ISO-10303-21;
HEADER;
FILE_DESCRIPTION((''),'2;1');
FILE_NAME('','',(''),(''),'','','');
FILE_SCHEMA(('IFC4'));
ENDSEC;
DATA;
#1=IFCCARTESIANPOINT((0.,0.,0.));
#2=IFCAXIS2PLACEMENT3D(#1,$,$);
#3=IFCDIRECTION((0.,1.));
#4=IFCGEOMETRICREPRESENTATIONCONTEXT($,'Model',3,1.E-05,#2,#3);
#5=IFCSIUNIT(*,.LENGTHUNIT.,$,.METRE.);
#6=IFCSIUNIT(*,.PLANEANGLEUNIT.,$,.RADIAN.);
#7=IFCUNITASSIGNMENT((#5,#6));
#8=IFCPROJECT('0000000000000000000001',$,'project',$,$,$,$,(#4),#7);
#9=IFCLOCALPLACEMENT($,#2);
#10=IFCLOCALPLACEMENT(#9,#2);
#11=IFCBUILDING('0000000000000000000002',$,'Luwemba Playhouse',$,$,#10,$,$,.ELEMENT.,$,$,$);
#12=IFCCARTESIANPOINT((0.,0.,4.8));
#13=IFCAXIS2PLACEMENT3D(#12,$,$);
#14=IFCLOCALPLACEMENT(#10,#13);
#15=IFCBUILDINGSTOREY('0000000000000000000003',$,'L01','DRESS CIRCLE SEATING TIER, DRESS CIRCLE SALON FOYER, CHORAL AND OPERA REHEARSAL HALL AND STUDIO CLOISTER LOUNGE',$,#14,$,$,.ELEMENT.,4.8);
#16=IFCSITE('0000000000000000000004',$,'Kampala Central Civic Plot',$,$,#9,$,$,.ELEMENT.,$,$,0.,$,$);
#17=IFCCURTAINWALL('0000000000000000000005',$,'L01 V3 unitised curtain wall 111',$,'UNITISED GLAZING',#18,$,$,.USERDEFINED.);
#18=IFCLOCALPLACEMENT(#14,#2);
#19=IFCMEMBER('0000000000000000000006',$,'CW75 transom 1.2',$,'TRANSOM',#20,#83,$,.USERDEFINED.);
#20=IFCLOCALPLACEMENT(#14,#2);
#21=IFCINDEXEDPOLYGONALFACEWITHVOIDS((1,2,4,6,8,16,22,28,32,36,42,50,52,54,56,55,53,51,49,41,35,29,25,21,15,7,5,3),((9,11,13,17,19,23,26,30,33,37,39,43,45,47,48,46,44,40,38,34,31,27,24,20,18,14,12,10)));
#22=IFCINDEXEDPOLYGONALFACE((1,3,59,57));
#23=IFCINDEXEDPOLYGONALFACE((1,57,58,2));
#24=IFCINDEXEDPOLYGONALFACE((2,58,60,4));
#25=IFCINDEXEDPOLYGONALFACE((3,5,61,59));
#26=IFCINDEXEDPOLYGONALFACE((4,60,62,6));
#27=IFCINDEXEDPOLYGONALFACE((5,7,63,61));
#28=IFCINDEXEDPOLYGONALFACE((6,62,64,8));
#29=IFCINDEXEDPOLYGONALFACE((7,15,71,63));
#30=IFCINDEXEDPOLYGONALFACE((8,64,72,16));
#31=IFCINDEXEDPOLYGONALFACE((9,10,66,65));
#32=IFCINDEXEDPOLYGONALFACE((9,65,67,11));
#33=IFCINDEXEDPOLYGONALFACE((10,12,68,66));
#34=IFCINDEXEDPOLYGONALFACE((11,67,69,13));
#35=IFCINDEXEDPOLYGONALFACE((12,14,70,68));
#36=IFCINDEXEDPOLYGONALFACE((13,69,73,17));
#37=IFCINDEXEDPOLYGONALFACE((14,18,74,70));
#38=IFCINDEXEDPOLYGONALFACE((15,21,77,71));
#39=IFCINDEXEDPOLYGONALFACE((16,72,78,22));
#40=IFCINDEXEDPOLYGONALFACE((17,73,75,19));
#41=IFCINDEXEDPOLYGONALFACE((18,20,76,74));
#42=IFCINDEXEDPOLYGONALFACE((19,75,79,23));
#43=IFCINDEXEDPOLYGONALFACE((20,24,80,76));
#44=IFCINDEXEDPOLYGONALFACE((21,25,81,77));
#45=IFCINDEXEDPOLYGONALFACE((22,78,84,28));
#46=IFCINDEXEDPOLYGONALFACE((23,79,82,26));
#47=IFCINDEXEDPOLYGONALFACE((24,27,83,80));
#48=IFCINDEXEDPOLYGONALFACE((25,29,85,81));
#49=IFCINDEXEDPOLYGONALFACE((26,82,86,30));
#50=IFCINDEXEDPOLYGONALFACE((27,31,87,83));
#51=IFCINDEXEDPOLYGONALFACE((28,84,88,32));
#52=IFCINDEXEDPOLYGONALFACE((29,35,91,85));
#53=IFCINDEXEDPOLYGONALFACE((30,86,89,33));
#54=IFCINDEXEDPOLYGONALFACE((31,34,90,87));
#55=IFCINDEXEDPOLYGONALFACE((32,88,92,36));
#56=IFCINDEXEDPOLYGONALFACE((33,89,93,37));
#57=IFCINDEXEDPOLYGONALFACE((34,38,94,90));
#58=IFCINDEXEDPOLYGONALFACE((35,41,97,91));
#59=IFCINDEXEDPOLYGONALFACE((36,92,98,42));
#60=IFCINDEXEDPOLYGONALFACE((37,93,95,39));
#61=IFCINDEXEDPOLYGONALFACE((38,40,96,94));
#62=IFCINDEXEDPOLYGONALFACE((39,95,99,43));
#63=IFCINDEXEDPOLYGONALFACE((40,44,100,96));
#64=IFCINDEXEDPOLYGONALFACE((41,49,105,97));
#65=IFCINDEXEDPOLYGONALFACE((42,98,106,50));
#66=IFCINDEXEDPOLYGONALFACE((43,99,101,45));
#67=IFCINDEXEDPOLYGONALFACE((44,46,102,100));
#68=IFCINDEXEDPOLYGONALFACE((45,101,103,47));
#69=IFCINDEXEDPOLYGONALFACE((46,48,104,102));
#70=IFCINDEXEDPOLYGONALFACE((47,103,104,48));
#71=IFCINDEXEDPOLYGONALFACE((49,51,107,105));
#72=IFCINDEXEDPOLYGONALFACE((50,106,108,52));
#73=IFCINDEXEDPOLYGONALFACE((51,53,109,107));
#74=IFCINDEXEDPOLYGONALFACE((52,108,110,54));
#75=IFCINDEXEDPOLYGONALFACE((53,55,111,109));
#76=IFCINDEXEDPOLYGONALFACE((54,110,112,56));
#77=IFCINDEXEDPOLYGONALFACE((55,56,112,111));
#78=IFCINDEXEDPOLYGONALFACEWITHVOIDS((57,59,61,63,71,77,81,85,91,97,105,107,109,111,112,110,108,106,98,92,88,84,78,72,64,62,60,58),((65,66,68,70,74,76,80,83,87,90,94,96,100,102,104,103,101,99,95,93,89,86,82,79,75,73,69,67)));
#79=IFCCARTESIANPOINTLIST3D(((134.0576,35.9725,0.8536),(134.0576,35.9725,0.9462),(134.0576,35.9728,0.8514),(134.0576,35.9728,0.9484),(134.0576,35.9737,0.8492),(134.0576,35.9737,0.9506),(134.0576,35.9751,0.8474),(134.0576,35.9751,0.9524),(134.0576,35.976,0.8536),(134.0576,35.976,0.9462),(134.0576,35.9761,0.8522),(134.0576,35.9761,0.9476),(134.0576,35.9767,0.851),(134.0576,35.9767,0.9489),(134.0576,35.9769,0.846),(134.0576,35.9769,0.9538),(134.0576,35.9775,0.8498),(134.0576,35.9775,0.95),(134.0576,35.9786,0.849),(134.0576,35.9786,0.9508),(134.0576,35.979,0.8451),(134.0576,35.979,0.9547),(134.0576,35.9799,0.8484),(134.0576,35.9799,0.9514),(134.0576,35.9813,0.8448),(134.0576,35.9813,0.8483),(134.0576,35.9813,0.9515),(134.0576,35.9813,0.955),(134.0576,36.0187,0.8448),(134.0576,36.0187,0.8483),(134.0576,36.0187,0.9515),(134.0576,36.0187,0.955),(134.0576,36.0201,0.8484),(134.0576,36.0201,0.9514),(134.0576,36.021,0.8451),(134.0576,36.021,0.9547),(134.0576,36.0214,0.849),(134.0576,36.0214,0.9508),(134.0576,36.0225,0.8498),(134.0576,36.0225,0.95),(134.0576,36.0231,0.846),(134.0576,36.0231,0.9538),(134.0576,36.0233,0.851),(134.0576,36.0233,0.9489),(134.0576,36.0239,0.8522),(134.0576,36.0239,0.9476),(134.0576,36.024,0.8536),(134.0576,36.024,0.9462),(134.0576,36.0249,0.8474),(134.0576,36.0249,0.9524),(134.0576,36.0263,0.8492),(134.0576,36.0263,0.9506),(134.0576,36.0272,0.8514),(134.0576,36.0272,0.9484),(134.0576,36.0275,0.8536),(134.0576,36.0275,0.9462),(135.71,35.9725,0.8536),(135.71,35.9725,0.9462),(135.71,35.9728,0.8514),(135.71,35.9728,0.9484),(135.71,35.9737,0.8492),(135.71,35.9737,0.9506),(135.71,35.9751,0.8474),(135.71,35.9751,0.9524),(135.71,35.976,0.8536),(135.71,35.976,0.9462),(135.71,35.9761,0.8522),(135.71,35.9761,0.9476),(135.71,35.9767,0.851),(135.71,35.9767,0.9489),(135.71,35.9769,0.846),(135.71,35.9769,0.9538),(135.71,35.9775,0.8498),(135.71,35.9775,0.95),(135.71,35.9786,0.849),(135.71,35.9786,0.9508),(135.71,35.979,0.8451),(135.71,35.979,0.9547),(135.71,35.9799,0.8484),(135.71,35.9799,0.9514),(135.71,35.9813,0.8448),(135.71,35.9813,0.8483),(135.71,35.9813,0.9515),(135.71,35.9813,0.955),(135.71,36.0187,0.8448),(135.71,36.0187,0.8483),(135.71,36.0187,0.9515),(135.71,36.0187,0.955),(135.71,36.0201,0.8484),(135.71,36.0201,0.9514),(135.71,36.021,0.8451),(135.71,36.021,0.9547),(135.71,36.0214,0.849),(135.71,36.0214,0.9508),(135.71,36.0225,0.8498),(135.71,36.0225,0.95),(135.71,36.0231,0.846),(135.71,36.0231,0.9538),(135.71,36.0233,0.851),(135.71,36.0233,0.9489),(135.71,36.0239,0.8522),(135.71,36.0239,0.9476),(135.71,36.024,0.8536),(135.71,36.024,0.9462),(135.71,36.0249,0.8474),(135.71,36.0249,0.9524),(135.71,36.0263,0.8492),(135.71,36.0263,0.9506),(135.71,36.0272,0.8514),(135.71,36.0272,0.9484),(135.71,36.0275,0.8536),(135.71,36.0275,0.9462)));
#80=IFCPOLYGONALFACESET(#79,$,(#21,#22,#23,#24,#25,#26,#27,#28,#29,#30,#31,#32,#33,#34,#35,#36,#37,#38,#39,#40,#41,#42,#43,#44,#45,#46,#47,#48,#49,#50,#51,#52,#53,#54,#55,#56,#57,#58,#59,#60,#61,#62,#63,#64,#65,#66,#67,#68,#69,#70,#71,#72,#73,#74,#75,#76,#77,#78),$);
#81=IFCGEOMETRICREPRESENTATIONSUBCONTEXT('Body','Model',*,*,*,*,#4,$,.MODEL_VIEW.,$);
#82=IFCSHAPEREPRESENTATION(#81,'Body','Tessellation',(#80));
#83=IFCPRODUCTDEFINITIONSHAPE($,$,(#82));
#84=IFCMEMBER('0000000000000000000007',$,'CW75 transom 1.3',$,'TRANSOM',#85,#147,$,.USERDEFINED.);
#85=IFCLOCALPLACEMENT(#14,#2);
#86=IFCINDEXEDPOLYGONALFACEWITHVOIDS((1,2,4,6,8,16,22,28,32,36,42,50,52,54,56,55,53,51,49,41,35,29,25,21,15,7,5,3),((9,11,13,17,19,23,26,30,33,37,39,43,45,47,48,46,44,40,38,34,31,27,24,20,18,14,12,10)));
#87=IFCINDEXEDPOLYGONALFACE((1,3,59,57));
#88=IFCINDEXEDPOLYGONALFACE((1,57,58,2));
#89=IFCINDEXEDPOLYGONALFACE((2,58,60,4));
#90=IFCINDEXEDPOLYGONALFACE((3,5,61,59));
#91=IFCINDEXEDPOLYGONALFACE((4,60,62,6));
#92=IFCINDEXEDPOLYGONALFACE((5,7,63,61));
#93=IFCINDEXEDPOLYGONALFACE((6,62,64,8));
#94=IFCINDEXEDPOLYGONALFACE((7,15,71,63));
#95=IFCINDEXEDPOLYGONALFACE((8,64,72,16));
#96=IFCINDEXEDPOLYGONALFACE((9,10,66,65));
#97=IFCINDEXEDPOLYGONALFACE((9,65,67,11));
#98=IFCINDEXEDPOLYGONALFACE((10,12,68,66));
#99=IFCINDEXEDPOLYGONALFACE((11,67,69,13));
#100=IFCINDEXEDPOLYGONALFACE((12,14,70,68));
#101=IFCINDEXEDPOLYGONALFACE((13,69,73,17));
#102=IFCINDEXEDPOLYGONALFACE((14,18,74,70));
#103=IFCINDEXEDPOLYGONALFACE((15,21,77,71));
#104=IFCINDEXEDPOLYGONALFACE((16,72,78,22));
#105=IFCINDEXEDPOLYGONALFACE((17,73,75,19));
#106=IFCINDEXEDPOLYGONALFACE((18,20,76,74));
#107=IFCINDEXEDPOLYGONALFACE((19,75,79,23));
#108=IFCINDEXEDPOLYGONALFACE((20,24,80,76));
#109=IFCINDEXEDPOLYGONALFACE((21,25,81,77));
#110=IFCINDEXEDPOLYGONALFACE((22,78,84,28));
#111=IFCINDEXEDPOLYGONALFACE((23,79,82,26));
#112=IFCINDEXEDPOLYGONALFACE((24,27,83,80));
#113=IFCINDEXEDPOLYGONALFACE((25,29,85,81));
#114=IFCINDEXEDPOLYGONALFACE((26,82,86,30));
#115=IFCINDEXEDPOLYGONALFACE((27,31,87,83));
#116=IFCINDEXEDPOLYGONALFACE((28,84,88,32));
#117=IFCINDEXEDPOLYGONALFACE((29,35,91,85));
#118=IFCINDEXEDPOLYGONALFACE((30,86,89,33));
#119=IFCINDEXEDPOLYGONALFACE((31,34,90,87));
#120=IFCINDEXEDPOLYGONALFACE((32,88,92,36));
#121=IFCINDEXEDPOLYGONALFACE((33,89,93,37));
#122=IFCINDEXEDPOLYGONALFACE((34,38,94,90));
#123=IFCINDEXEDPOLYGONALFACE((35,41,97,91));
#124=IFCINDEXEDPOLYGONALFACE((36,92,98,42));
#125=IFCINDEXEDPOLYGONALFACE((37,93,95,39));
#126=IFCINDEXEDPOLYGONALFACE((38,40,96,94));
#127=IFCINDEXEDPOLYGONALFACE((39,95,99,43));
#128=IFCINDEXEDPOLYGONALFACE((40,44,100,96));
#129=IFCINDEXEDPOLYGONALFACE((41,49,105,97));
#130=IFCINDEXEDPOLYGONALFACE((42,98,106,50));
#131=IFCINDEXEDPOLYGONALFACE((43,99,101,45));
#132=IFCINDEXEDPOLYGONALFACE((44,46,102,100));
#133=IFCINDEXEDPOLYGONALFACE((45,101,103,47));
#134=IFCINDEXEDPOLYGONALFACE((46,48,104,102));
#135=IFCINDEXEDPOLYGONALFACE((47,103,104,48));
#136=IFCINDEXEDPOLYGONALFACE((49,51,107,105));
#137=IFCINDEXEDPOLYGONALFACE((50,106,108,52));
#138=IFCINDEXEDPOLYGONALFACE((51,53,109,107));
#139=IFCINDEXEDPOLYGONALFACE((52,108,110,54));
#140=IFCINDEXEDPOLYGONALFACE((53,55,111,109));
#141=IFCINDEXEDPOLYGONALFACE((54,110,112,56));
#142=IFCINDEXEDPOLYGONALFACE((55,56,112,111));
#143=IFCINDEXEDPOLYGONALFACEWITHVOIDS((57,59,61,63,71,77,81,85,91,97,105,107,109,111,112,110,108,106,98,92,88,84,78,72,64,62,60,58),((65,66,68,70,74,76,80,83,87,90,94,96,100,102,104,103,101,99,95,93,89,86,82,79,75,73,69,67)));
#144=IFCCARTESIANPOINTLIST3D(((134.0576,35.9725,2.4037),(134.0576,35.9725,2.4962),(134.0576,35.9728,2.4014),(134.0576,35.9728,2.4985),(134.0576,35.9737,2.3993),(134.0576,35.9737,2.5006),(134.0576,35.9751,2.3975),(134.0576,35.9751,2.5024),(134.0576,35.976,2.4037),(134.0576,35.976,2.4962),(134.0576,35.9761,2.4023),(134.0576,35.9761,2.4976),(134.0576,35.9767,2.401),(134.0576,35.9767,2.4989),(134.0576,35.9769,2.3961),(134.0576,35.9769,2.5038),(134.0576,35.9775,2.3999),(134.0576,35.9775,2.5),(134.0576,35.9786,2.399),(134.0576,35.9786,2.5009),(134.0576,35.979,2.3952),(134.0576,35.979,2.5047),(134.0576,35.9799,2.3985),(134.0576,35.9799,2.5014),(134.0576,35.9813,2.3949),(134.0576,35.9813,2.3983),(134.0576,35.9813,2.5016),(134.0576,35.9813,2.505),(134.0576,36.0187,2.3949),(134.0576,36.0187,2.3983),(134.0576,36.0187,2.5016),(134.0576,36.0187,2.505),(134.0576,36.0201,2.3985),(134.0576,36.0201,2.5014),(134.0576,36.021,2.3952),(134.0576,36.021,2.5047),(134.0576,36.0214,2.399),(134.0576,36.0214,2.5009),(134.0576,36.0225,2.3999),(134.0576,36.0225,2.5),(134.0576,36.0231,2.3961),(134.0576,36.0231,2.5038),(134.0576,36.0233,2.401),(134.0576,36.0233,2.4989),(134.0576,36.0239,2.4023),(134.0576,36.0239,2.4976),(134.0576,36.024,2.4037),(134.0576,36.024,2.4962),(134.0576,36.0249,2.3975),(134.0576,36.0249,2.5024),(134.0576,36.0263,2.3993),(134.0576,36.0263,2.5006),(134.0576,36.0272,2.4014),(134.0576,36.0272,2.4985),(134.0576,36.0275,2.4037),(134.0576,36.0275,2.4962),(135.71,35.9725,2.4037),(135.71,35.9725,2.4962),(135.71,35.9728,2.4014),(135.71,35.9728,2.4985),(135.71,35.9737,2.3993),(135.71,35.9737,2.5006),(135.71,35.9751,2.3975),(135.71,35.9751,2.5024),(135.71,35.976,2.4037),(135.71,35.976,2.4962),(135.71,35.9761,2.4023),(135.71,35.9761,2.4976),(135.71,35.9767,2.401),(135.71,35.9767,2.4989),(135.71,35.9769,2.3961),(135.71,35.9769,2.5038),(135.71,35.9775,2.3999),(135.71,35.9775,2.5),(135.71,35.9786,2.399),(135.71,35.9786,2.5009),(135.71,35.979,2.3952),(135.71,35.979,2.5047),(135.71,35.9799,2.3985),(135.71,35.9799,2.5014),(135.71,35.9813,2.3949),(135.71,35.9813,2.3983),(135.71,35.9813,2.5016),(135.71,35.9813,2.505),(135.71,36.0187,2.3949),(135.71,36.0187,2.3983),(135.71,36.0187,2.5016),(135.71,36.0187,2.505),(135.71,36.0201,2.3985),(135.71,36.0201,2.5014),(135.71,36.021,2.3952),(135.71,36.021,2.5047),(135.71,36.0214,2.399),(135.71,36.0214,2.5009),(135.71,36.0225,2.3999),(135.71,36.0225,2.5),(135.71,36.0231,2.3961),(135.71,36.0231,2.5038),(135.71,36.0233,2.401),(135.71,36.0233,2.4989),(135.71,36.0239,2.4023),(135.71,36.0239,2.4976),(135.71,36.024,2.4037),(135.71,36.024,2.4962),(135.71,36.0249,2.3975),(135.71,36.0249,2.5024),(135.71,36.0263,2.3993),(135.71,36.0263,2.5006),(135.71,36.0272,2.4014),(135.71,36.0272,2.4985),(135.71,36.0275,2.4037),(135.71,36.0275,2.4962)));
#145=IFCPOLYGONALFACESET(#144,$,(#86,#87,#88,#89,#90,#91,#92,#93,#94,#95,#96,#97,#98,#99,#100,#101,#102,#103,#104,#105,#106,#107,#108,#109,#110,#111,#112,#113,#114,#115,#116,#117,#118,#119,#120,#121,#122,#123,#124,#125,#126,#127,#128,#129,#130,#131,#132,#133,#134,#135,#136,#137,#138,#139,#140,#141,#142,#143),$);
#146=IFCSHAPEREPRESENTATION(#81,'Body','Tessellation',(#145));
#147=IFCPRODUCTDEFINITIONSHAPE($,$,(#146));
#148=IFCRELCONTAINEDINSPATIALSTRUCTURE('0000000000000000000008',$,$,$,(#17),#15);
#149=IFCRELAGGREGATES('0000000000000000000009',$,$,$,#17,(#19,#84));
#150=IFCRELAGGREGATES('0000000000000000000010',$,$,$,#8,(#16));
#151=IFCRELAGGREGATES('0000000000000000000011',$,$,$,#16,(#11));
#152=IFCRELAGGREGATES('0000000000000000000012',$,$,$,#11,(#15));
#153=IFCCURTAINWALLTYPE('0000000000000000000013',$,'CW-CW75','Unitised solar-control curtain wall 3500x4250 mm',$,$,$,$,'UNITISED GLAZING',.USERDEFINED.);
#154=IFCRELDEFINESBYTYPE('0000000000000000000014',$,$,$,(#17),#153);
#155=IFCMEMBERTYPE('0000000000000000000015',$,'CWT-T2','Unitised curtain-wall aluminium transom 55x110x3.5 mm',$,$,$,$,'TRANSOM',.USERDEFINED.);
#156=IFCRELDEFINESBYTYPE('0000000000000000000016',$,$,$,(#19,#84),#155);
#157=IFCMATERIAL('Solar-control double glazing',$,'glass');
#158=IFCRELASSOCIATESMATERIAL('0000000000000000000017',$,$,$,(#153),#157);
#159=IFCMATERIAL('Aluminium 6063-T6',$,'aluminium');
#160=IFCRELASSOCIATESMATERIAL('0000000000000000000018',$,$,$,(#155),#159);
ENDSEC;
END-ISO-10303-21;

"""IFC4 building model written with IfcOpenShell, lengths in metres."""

from ifc_helpers import new_model, si_unit, direction, frame, origin, origin_2d, place, context, subcontext, project, spatial, hollow_rectangle, extrude, material, material_profile, profile_set, type_object, element, aggregate, save


model = new_model("IFC4")

# Units and contexts
model_context = context("Model", 3, precision=1e-05, world=origin(), true_north=direction((0.0, 1.0)))
body_context = subcontext(model_context, "Body", "Model", "MODEL_VIEW")
ifc_project = project(units=[si_unit("LENGTHUNIT", "METRE"), si_unit("PLANEANGLEUNIT", "RADIAN")], contexts=[model_context])

# Site, building, storey
site_placement = place(None, origin())
site = spatial("IfcSite", under=ifc_project, at=site_placement, Name="Kampala Central Civic Plot", CompositionType="ELEMENT", RefElevation=0.0)
building_placement = place(site_placement, origin())
building = spatial("IfcBuilding", under=site, at=building_placement, Name="Luwemba Playhouse", CompositionType="ELEMENT")
storey_placement = place(building_placement, frame((0.0, 0.0, 4.8)))
storey = spatial("IfcBuildingStorey", under=building, at=storey_placement, Name="L01", Description="DRESS CIRCLE SEATING TIER, DRESS CIRCLE SALON FOYER, CHORAL AND OPERA REHEARSAL HALL AND STUDIO CLOISTER LOUNGE", CompositionType="ELEMENT", Elevation=4.8)

# Shared definitions
ifc_material_1 = material(Name="Solar-control double glazing", Category="glass")
ifc_material_2 = material(Name="Aluminium 6063-T6", Category="aluminium")

# Curtain wall, members
curtain_wall_type_1 = type_object("IfcCurtainWallType", Name="CW-CW75", Description="Unitised solar-control curtain wall 3500x4250 mm", ElementType="UNITISED GLAZING", PredefinedType="USERDEFINED", material=ifc_material_1)
curtain_wall_1_placement = place(storey_placement, origin())
curtain_wall_1 = element("IfcCurtainWall", 1, at=curtain_wall_1_placement, inside=storey, type_object=curtain_wall_type_1, Name="L01 V3 unitised curtain wall 111", ObjectType="UNITISED GLAZING", PredefinedType="USERDEFINED")
ifc_material_profile_1 = material_profile(ifc_material_2, hollow_rectangle(XDim=0.0549, YDim=0.1101, WallThickness=0.0034, InnerFilletRadius=0.0054, OuterFilletRadius=0.0088, at=origin_2d()))
ifc_profile_set_1 = profile_set([ifc_material_profile_1], Name="Aluminium 6063-T6")
member_type_1 = type_object("IfcMemberType", Name="CWT-T2", Description="Unitised curtain-wall aluminium transom 55x110x3.5 mm", ElementType="TRANSOM", PredefinedType="USERDEFINED", material=ifc_profile_set_1)
member_1_placement = place(storey_placement, frame((135.71, 36.0, 0.8999), z_axis=(-1.0, 0.0, 0.0), x_axis=(0.0, -1.0, 0.0)))
member_1 = element("IfcMember", 2, at=member_1_placement, type_object=member_type_1, Name="CW75 transom 1.2", ObjectType="TRANSOM", PredefinedType="USERDEFINED", context=body_context, shape_type="SweptSolid", body=[
    extrude(hollow_rectangle(XDim=0.0549, YDim=0.1101, WallThickness=0.0034, InnerFilletRadius=0.0054, OuterFilletRadius=0.0088, at=origin_2d()), origin(), (0.0, 0.0, 1.0), 1.6523),
])
member_2_placement = place(storey_placement, frame((135.71, 36.0, 2.45), z_axis=(-1.0, 0.0, 0.0), x_axis=(0.0, -1.0, 0.0)))
member_2 = element("IfcMember", 3, at=member_2_placement, type_object=member_type_1, Name="CW75 transom 1.3", ObjectType="TRANSOM", PredefinedType="USERDEFINED", context=body_context, shape_type="SweptSolid", body=[
    extrude(hollow_rectangle(XDim=0.0549, YDim=0.1101, WallThickness=0.0034, InnerFilletRadius=0.0054, OuterFilletRadius=0.0088, at=origin_2d()), origin(), (0.0, 0.0, 1.0), 1.6523),
])

aggregate(curtain_wall_1, [member_1, member_2])

save(model, "model.ifc")
